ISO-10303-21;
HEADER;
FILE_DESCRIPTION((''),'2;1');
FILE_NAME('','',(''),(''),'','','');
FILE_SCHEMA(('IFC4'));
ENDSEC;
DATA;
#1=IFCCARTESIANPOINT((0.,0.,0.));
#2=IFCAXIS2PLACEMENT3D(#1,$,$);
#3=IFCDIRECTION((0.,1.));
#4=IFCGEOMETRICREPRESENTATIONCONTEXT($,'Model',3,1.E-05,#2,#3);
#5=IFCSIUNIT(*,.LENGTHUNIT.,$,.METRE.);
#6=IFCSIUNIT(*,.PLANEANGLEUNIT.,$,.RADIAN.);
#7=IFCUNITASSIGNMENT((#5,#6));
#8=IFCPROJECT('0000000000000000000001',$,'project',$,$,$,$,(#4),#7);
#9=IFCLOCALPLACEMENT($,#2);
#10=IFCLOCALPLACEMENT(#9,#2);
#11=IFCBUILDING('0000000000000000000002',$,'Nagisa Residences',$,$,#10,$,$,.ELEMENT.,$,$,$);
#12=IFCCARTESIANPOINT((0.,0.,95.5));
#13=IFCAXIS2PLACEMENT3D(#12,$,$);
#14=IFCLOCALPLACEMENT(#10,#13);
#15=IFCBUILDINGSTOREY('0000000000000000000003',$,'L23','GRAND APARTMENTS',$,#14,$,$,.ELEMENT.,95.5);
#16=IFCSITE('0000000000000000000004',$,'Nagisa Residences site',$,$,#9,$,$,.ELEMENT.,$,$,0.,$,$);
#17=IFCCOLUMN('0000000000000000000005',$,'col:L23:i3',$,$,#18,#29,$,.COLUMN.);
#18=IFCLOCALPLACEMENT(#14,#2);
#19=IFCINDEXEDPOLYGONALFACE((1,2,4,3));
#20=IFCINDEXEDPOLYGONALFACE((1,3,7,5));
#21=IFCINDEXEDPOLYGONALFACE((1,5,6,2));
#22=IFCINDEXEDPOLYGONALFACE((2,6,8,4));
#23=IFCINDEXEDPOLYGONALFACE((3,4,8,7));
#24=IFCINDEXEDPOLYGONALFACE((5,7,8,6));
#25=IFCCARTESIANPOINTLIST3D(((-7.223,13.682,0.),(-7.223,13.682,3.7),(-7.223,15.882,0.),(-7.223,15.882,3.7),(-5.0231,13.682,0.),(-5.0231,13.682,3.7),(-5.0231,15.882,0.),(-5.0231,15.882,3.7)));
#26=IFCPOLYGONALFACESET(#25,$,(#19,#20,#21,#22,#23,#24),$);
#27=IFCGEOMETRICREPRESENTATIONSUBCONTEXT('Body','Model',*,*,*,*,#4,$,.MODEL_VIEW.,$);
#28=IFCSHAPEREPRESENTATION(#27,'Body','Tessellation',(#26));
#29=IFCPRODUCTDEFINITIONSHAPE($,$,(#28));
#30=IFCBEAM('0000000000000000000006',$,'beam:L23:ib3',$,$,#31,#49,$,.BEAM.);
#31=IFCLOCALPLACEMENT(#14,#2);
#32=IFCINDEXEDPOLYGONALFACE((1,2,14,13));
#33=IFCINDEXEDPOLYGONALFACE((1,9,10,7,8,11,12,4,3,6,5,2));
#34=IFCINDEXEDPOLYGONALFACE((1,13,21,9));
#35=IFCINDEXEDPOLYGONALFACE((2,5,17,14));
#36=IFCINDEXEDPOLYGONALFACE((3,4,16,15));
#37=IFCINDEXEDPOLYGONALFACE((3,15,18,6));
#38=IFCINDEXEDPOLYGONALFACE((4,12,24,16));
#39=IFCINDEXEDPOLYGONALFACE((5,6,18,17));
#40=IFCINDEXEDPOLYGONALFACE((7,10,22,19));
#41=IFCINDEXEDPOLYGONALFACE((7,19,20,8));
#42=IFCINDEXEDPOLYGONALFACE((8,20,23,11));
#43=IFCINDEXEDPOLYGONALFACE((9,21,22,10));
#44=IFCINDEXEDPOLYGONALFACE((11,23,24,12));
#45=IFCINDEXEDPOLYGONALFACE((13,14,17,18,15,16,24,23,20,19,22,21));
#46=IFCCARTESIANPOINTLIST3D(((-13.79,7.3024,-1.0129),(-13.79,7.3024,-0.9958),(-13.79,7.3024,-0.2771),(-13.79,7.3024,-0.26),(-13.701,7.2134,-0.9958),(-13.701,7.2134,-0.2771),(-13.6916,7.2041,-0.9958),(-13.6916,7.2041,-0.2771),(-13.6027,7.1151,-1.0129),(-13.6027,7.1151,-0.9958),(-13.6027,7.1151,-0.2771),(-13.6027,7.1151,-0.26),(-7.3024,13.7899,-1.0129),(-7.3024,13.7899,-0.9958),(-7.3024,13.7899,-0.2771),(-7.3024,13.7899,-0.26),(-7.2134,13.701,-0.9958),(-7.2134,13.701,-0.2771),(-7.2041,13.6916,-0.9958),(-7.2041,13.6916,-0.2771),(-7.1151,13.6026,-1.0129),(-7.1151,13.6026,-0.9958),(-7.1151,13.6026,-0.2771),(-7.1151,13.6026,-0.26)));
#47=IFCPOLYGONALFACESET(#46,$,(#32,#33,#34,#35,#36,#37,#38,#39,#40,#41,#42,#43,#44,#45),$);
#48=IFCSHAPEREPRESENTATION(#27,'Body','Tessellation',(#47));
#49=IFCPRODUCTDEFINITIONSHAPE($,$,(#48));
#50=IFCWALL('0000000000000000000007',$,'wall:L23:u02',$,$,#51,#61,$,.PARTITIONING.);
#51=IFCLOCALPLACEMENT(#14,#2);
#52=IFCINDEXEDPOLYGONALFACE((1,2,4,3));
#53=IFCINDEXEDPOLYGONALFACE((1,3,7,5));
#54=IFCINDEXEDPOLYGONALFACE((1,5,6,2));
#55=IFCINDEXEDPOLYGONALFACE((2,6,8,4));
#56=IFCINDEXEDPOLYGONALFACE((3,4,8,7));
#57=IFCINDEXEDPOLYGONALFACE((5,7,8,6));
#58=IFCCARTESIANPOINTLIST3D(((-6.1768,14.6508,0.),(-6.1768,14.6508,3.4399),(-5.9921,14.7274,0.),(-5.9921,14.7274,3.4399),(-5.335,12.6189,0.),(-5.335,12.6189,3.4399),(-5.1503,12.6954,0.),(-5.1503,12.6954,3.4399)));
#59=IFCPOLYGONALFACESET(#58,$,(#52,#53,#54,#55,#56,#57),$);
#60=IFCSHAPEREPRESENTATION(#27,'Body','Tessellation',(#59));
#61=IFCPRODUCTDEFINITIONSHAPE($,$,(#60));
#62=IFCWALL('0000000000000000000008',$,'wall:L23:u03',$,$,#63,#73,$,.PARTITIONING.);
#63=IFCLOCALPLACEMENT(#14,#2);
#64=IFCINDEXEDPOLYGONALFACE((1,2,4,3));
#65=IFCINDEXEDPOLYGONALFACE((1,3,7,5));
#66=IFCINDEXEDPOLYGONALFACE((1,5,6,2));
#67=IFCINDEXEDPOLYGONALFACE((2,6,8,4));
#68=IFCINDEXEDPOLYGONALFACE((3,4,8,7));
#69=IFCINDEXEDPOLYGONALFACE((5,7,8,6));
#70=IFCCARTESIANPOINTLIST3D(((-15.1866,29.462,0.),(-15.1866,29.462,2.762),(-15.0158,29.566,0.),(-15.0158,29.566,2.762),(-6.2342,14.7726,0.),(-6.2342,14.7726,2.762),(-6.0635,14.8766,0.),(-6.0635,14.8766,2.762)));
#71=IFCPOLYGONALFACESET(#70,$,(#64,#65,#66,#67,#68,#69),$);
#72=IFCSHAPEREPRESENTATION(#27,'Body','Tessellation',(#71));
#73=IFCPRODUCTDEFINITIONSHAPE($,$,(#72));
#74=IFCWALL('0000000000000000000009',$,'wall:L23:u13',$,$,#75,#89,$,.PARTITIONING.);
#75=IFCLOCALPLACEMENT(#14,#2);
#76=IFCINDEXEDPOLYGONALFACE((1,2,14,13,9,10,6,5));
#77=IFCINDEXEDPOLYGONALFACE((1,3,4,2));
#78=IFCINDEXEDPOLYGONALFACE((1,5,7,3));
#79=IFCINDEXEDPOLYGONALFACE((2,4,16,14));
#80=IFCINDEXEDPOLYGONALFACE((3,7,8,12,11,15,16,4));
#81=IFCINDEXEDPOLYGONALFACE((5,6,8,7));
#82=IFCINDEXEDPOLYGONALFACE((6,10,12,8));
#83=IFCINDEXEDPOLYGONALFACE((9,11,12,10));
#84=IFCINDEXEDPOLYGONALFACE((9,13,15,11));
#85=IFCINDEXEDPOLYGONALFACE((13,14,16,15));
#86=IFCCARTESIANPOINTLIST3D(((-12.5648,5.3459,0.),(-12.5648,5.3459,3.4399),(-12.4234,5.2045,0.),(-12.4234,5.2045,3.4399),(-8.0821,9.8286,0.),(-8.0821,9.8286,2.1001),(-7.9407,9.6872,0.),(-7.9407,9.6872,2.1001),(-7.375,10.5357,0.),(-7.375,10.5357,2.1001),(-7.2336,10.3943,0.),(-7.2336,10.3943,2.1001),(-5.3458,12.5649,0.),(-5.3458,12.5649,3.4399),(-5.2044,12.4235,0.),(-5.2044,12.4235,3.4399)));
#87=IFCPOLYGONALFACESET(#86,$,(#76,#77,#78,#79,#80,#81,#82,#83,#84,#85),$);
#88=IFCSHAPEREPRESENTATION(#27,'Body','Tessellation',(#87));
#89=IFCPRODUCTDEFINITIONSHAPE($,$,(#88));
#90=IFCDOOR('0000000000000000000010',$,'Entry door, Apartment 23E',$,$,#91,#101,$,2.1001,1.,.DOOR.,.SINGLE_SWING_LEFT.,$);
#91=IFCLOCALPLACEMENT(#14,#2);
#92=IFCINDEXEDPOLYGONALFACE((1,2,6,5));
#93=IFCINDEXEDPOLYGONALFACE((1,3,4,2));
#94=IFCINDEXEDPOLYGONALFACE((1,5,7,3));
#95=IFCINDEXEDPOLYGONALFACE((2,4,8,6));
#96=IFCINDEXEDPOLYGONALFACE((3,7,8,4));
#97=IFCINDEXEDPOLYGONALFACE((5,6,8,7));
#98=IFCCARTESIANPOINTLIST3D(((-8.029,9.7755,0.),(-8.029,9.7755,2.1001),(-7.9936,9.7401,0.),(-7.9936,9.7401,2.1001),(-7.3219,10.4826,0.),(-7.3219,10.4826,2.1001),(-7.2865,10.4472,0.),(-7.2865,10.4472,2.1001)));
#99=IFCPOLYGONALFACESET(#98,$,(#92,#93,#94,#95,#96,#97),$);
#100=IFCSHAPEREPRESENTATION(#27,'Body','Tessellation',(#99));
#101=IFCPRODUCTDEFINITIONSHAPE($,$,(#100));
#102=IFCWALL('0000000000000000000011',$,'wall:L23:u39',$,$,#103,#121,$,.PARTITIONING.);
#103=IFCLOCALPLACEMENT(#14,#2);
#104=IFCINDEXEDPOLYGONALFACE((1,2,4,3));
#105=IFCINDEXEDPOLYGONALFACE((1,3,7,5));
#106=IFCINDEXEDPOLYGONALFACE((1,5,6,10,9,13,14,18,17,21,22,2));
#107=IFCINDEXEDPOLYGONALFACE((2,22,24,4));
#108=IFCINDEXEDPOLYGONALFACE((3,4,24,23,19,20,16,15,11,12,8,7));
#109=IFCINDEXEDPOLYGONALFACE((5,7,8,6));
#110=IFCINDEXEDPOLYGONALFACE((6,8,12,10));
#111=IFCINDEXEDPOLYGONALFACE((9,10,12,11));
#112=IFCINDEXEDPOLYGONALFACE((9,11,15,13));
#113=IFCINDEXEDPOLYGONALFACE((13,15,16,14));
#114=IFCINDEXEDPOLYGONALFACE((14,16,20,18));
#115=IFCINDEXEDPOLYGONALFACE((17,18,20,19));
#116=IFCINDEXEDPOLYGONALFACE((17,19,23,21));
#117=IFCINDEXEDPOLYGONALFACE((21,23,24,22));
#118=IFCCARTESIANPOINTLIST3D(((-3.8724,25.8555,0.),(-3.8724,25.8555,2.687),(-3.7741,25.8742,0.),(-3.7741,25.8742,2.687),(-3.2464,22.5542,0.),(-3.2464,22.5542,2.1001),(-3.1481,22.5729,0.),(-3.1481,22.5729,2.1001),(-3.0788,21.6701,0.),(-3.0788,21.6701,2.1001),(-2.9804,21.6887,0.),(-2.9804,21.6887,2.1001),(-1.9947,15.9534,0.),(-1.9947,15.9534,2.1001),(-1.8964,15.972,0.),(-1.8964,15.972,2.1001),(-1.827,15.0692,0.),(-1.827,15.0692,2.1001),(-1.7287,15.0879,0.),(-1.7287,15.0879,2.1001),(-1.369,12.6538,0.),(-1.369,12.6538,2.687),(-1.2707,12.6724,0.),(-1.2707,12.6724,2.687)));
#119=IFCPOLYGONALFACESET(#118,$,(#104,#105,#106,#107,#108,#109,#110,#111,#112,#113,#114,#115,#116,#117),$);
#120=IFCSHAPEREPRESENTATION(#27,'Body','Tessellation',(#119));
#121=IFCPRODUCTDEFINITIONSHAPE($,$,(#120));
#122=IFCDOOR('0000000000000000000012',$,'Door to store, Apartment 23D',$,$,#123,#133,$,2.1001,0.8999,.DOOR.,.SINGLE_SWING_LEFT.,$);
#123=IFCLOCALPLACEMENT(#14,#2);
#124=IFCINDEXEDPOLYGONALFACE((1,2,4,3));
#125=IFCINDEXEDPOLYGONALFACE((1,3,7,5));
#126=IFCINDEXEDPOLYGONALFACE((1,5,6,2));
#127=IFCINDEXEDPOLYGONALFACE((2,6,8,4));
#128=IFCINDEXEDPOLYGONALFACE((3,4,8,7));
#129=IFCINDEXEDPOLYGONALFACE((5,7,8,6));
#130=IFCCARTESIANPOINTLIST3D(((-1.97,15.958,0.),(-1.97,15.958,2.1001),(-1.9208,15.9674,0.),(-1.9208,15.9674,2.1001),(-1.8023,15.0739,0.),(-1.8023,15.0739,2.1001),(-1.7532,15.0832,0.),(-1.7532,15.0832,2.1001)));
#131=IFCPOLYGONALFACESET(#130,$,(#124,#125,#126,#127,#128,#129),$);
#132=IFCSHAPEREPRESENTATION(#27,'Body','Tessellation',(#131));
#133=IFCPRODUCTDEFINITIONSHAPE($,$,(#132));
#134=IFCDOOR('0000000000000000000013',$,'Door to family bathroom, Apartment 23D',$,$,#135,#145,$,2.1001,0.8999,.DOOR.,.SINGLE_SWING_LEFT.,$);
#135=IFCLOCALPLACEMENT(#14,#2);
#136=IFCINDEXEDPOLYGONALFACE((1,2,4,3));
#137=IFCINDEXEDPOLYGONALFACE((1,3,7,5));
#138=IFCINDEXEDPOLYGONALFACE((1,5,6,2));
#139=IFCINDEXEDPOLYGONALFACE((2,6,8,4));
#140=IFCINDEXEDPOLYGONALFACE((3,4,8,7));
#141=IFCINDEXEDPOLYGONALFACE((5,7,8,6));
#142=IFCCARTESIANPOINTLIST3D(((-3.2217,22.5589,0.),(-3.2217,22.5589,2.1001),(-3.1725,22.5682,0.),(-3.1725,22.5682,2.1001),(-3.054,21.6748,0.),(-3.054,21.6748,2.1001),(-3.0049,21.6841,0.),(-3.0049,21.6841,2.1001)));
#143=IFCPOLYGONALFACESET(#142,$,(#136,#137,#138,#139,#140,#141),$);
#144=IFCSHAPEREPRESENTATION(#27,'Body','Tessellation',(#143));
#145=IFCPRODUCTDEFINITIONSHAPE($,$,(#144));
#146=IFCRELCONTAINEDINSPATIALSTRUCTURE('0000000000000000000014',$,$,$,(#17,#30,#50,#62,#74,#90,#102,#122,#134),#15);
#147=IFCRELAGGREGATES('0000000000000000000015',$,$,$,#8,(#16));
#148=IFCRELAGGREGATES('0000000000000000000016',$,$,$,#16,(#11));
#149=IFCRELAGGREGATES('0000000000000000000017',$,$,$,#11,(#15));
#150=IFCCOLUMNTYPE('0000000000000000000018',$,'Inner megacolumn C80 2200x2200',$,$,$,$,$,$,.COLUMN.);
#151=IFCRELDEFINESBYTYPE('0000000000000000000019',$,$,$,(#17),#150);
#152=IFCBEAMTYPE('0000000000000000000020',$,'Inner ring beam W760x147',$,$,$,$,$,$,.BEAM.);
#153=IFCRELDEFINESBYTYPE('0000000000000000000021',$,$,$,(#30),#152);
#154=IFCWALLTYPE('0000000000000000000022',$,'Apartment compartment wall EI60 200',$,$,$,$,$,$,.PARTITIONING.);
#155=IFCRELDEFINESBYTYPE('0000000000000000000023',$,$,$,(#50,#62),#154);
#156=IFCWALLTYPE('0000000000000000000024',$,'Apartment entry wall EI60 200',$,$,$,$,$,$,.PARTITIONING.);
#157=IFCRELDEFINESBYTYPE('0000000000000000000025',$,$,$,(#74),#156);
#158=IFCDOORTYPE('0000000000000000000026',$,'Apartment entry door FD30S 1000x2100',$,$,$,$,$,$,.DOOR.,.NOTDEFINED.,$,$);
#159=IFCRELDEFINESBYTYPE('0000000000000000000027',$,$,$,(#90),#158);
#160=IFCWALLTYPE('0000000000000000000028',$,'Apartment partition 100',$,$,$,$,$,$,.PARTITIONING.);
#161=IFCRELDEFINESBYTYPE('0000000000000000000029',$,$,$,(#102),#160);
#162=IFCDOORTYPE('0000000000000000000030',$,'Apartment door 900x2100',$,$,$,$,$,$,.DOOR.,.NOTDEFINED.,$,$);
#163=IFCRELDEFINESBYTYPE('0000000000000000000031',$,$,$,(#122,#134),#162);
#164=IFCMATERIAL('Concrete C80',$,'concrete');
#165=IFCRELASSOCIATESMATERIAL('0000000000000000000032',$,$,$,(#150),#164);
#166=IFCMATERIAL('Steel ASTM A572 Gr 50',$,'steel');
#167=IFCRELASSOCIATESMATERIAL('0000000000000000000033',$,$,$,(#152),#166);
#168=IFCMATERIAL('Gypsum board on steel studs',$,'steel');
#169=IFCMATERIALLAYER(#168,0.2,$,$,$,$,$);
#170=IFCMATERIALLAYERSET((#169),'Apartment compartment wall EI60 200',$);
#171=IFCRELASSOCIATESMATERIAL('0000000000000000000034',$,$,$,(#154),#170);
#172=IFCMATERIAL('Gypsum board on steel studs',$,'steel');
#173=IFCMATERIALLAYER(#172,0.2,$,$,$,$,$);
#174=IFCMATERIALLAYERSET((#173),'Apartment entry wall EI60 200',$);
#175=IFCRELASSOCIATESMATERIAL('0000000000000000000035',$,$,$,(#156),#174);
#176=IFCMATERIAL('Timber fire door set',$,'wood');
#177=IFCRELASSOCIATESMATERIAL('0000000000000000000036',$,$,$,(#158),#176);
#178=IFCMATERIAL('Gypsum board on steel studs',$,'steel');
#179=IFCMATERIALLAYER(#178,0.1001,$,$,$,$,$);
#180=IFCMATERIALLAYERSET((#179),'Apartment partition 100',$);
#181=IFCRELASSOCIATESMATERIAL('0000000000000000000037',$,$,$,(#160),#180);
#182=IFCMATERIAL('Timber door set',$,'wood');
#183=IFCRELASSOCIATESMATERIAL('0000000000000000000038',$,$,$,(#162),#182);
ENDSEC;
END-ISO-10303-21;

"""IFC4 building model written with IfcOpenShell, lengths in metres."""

from ifc_helpers import new_model, si_unit, direction, frame, frame_2d, origin, origin_2d, place, context, subcontext, project, spatial, rectangle, i_section, extrude, material, layer, layer_set, material_profile, profile_set, type_object, element, fill, save


model = new_model("IFC4")

# Units and contexts
model_context = context("Model", 3, precision=1e-05, world=origin(), true_north=direction((0.0, 1.0)))
body_context = subcontext(model_context, "Body", "Model", "MODEL_VIEW")
ifc_project = project(units=[si_unit("LENGTHUNIT", "METRE"), si_unit("PLANEANGLEUNIT", "RADIAN")], contexts=[model_context])

# Site, building, storey
site_placement = place(None, origin())
site = spatial("IfcSite", under=ifc_project, at=site_placement, Name="Nagisa Residences site", CompositionType="ELEMENT", RefElevation=0.0)
building_placement = place(site_placement, origin())
building = spatial("IfcBuilding", under=site, at=building_placement, Name="Nagisa Residences", CompositionType="ELEMENT")
storey_placement = place(building_placement, frame((0.0, 0.0, 95.5)))
storey = spatial("IfcBuildingStorey", under=building, at=storey_placement, Name="L23", Description="GRAND APARTMENTS", CompositionType="ELEMENT", Elevation=95.5)

# Column
ifc_material_1 = material(Name="Concrete C80", Category="concrete")
ifc_material_profile_1 = material_profile(ifc_material_1, rectangle(XDim=2.2, YDim=2.2, at=origin_2d()), Name="C80 2200x2200")
ifc_profile_set_1 = profile_set([ifc_material_profile_1], Name="Concrete C80")
column_type = type_object("IfcColumnType", Name="Inner megacolumn C80 2200x2200", PredefinedType="COLUMN", material=ifc_profile_set_1)
column_placement = place(storey_placement, frame((-6.123, 14.782, 0.0), z_axis=(0.0, 0.0, 1.0), x_axis=(1.0, 0.0, 0.0)))
element("IfcColumn", 1, at=column_placement, inside=storey, type_object=column_type, Name="col:L23:i3", PredefinedType="COLUMN", context=body_context, shape_type="SweptSolid", body=[
    extrude(rectangle(XDim=2.2, YDim=2.2, at=origin_2d()), origin(), (0.0, 0.0, 1.0), 3.7),
])

# Beam
ifc_material_2 = material(Name="Steel ASTM A572 Gr 50", Category="steel")
ifc_material_profile_2 = material_profile(ifc_material_2, i_section(OverallWidth=0.2649, OverallDepth=0.7529, WebThickness=0.0132, FlangeThickness=0.0171, at=origin_2d()), Name="W760x147")
ifc_profile_set_2 = profile_set([ifc_material_profile_2], Name="Steel ASTM A572 Gr 50")
beam_type = type_object("IfcBeamType", Name="Inner ring beam W760x147", PredefinedType="BEAM", material=ifc_profile_set_2)
beam_placement = place(storey_placement, frame((-7.2087, 13.6963, -0.6365), z_axis=(-0.707107, -0.707107, 0.0), x_axis=(0.707107, -0.707107, 0.0)))
element("IfcBeam", 2, at=beam_placement, inside=storey, type_object=beam_type, Name="beam:L23:ib3", PredefinedType="BEAM", context=body_context, shape_type="SweptSolid", body=[
    extrude(i_section(OverallWidth=0.2649, OverallDepth=0.7529, WebThickness=0.0132, FlangeThickness=0.0171, at=origin_2d()), origin(), (0.0, 0.0, 1.0), 9.1748),
])

# Walls
ifc_material_3 = material(Name="Gypsum board on steel studs", Category="steel")
ifc_layer_1 = layer(ifc_material_3, 0.2)
ifc_layer_set_1 = layer_set([ifc_layer_1], Name="Apartment compartment wall EI60 200")
wall_type_1 = type_object("IfcWallType", Name="Apartment compartment wall EI60 200", PredefinedType="PARTITIONING", material=ifc_layer_set_1)
wall_1_placement = place(storey_placement, frame((-5.2427, 12.6572, 0.0), z_axis=(0.0, 0.0, 1.0), x_axis=(-0.382731, 0.92386, 0.0)))
element("IfcWall", 3, at=wall_1_placement, inside=storey, type_object=wall_type_1, Name="wall:L23:u02", PredefinedType="PARTITIONING", context=body_context, shape_type="SweptSolid", body=[
    extrude(rectangle(XDim=2.1995, YDim=0.2, at=frame_2d((1.0996, 0.0))), origin(), (0.0, 0.0, 1.0), 3.4399),
])
wall_2_placement = place(storey_placement, frame((-6.1489, 14.8247, 0.0), z_axis=(0.0, 0.0, 1.0), x_axis=(-0.520413, 0.853915, 0.0)))
element("IfcWall", 4, at=wall_2_placement, inside=storey, type_object=wall_type_1, Name="wall:L23:u03", PredefinedType="PARTITIONING", context=body_context, shape_type="SweptSolid", body=[
    extrude(rectangle(XDim=17.2024, YDim=0.2, at=frame_2d((8.6011, 0.0))), origin(), (0.0, 0.0, 1.0), 2.762),
])

# Wall, opening, door
ifc_material_4 = material(Name="Gypsum board on steel studs", Category="steel")
ifc_layer_2 = layer(ifc_material_4, 0.2)
ifc_layer_set_2 = layer_set([ifc_layer_2], Name="Apartment entry wall EI60 200")
wall_type_2 = type_object("IfcWallType", Name="Apartment entry wall EI60 200", PredefinedType="PARTITIONING", material=ifc_layer_set_2)
wall_3_placement = place(storey_placement, frame((-5.2751, 12.4941, 0.0), z_axis=(0.0, 0.0, 1.0), x_axis=(-0.707107, -0.707107, 0.0)))
wall_3 = element("IfcWall", 5, at=wall_3_placement, inside=storey, type_object=wall_type_2, Name="wall:L23:u13", PredefinedType="PARTITIONING", context=body_context, shape_type="SweptSolid", body=[
    extrude(rectangle(XDim=10.2092, YDim=0.2, at=frame_2d((5.1045, 0.0))), origin(), (0.0, 0.0, 1.0), 3.4399),
])
opening_1_placement = place(wall_3_placement, frame((2.8696, 0.0, 0.0)))
opening_1 = element("IfcOpeningElement", 6, at=opening_1_placement, cuts=wall_3, PredefinedType="OPENING", context=body_context, shape_type="SweptSolid", body=[
    extrude(rectangle(XDim=1.0, YDim=2.1001, at=frame_2d((0.5, 1.05))), frame((0.0, 0.1099, 0.0), z_axis=(0.0, -1.0, 0.0), x_axis=(1.0, 0.0, 0.0)), (0.0, 0.0, 1.0), 0.22),
])
ifc_material_5 = material(Name="Timber fire door set", Category="wood")
door_type_1 = type_object("IfcDoorType", Name="Apartment entry door FD30S 1000x2100", OperationType="NOTDEFINED", PredefinedType="DOOR", material=ifc_material_5)
door_1_placement = place(opening_1_placement, frame((1.0, 0.0, 0.0), x_axis=(-1.0, 0.0, 0.0)))
door_1 = element("IfcDoor", 7, at=door_1_placement, inside=storey, type_object=door_type_1, Name="Entry door, Apartment 23E", OperationType="SINGLE_SWING_LEFT", OverallHeight=2.1001, OverallWidth=1.0, PredefinedType="DOOR", context=body_context, shape_type="SweptSolid", body=[
    extrude(rectangle(XDim=1.0, YDim=2.1001, at=frame_2d((0.5, 1.05))), frame((0.0, 0.0249, 0.0), z_axis=(0.0, -1.0, 0.0), x_axis=(1.0, 0.0, 0.0)), (0.0, 0.0, 1.0), 0.05),
])
fill(opening_1, door_1)

# Wall, openings, doors
ifc_material_6 = material(Name="Gypsum board on steel studs", Category="steel")
ifc_layer_3 = layer(ifc_material_6, 0.1001)
ifc_layer_set_3 = layer_set([ifc_layer_3], Name="Apartment partition 100")
wall_type_3 = type_object("IfcWallType", Name="Apartment partition 100", PredefinedType="PARTITIONING", material=ifc_layer_set_3)
wall_4_placement = place(storey_placement, frame((-1.3198, 12.6631, 0.0), z_axis=(0.0, 0.0, 1.0), x_axis=(-0.186309, 0.982491, 0.0)))
wall_4 = element("IfcWall", 8, at=wall_4_placement, inside=storey, type_object=wall_type_3, Name="wall:L23:u39", PredefinedType="PARTITIONING", context=body_context, shape_type="SweptSolid", body=[
    extrude(rectangle(XDim=13.437, YDim=0.1001, at=frame_2d((6.7185, 0.0))), origin(), (0.0, 0.0, 1.0), 2.687),
])
opening_2_placement = place(wall_4_placement, frame((2.4585, 0.0, 0.0)))
opening_2 = element("IfcOpeningElement", 9, at=opening_2_placement, cuts=wall_4, PredefinedType="OPENING", context=body_context, shape_type="SweptSolid", body=[
    extrude(rectangle(XDim=0.8999, YDim=2.1001, at=frame_2d((0.45, 1.05))), frame((0.0, 0.0601, 0.0), z_axis=(0.0, -1.0, 0.0), x_axis=(1.0, 0.0, 0.0)), (0.0, 0.0, 1.0), 0.1201),
])
opening_3_placement = place(wall_4_placement, frame((9.177, 0.0, 0.0)))
opening_3 = element("IfcOpeningElement", 10, at=opening_3_placement, cuts=wall_4, PredefinedType="OPENING", context=body_context, shape_type="SweptSolid", body=[
    extrude(rectangle(XDim=0.8999, YDim=2.1001, at=frame_2d((0.45, 1.05))), frame((0.0, 0.0601, 0.0), z_axis=(0.0, -1.0, 0.0), x_axis=(1.0, 0.0, 0.0)), (0.0, 0.0, 1.0), 0.1201),
])
ifc_material_7 = material(Name="Timber door set", Category="wood")
door_type_2 = type_object("IfcDoorType", Name="Apartment door 900x2100", OperationType="NOTDEFINED", PredefinedType="DOOR", material=ifc_material_7)
door_2_placement = place(opening_2_placement, origin())
door_2 = element("IfcDoor", 11, at=door_2_placement, inside=storey, type_object=door_type_2, Name="Door to store, Apartment 23D", OperationType="SINGLE_SWING_LEFT", OverallHeight=2.1001, OverallWidth=0.8999, PredefinedType="DOOR", context=body_context, shape_type="SweptSolid", body=[
    extrude(rectangle(XDim=0.8999, YDim=2.1001, at=frame_2d((0.45, 1.05))), frame((0.0, 0.0249, 0.0), z_axis=(0.0, -1.0, 0.0), x_axis=(1.0, 0.0, 0.0)), (0.0, 0.0, 1.0), 0.05),
])
fill(opening_2, door_2)
door_3_placement = place(opening_3_placement, origin())
door_3 = element("IfcDoor", 12, at=door_3_placement, inside=storey, type_object=door_type_2, Name="Door to family bathroom, Apartment 23D", OperationType="SINGLE_SWING_LEFT", OverallHeight=2.1001, OverallWidth=0.8999, PredefinedType="DOOR", context=body_context, shape_type="SweptSolid", body=[
    extrude(rectangle(XDim=0.8999, YDim=2.1001, at=frame_2d((0.45, 1.05))), frame((0.0, 0.0249, 0.0), z_axis=(0.0, -1.0, 0.0), x_axis=(1.0, 0.0, 0.0)), (0.0, 0.0, 1.0), 0.05),
])
fill(opening_3, door_3)

save(model, "model.ifc")
